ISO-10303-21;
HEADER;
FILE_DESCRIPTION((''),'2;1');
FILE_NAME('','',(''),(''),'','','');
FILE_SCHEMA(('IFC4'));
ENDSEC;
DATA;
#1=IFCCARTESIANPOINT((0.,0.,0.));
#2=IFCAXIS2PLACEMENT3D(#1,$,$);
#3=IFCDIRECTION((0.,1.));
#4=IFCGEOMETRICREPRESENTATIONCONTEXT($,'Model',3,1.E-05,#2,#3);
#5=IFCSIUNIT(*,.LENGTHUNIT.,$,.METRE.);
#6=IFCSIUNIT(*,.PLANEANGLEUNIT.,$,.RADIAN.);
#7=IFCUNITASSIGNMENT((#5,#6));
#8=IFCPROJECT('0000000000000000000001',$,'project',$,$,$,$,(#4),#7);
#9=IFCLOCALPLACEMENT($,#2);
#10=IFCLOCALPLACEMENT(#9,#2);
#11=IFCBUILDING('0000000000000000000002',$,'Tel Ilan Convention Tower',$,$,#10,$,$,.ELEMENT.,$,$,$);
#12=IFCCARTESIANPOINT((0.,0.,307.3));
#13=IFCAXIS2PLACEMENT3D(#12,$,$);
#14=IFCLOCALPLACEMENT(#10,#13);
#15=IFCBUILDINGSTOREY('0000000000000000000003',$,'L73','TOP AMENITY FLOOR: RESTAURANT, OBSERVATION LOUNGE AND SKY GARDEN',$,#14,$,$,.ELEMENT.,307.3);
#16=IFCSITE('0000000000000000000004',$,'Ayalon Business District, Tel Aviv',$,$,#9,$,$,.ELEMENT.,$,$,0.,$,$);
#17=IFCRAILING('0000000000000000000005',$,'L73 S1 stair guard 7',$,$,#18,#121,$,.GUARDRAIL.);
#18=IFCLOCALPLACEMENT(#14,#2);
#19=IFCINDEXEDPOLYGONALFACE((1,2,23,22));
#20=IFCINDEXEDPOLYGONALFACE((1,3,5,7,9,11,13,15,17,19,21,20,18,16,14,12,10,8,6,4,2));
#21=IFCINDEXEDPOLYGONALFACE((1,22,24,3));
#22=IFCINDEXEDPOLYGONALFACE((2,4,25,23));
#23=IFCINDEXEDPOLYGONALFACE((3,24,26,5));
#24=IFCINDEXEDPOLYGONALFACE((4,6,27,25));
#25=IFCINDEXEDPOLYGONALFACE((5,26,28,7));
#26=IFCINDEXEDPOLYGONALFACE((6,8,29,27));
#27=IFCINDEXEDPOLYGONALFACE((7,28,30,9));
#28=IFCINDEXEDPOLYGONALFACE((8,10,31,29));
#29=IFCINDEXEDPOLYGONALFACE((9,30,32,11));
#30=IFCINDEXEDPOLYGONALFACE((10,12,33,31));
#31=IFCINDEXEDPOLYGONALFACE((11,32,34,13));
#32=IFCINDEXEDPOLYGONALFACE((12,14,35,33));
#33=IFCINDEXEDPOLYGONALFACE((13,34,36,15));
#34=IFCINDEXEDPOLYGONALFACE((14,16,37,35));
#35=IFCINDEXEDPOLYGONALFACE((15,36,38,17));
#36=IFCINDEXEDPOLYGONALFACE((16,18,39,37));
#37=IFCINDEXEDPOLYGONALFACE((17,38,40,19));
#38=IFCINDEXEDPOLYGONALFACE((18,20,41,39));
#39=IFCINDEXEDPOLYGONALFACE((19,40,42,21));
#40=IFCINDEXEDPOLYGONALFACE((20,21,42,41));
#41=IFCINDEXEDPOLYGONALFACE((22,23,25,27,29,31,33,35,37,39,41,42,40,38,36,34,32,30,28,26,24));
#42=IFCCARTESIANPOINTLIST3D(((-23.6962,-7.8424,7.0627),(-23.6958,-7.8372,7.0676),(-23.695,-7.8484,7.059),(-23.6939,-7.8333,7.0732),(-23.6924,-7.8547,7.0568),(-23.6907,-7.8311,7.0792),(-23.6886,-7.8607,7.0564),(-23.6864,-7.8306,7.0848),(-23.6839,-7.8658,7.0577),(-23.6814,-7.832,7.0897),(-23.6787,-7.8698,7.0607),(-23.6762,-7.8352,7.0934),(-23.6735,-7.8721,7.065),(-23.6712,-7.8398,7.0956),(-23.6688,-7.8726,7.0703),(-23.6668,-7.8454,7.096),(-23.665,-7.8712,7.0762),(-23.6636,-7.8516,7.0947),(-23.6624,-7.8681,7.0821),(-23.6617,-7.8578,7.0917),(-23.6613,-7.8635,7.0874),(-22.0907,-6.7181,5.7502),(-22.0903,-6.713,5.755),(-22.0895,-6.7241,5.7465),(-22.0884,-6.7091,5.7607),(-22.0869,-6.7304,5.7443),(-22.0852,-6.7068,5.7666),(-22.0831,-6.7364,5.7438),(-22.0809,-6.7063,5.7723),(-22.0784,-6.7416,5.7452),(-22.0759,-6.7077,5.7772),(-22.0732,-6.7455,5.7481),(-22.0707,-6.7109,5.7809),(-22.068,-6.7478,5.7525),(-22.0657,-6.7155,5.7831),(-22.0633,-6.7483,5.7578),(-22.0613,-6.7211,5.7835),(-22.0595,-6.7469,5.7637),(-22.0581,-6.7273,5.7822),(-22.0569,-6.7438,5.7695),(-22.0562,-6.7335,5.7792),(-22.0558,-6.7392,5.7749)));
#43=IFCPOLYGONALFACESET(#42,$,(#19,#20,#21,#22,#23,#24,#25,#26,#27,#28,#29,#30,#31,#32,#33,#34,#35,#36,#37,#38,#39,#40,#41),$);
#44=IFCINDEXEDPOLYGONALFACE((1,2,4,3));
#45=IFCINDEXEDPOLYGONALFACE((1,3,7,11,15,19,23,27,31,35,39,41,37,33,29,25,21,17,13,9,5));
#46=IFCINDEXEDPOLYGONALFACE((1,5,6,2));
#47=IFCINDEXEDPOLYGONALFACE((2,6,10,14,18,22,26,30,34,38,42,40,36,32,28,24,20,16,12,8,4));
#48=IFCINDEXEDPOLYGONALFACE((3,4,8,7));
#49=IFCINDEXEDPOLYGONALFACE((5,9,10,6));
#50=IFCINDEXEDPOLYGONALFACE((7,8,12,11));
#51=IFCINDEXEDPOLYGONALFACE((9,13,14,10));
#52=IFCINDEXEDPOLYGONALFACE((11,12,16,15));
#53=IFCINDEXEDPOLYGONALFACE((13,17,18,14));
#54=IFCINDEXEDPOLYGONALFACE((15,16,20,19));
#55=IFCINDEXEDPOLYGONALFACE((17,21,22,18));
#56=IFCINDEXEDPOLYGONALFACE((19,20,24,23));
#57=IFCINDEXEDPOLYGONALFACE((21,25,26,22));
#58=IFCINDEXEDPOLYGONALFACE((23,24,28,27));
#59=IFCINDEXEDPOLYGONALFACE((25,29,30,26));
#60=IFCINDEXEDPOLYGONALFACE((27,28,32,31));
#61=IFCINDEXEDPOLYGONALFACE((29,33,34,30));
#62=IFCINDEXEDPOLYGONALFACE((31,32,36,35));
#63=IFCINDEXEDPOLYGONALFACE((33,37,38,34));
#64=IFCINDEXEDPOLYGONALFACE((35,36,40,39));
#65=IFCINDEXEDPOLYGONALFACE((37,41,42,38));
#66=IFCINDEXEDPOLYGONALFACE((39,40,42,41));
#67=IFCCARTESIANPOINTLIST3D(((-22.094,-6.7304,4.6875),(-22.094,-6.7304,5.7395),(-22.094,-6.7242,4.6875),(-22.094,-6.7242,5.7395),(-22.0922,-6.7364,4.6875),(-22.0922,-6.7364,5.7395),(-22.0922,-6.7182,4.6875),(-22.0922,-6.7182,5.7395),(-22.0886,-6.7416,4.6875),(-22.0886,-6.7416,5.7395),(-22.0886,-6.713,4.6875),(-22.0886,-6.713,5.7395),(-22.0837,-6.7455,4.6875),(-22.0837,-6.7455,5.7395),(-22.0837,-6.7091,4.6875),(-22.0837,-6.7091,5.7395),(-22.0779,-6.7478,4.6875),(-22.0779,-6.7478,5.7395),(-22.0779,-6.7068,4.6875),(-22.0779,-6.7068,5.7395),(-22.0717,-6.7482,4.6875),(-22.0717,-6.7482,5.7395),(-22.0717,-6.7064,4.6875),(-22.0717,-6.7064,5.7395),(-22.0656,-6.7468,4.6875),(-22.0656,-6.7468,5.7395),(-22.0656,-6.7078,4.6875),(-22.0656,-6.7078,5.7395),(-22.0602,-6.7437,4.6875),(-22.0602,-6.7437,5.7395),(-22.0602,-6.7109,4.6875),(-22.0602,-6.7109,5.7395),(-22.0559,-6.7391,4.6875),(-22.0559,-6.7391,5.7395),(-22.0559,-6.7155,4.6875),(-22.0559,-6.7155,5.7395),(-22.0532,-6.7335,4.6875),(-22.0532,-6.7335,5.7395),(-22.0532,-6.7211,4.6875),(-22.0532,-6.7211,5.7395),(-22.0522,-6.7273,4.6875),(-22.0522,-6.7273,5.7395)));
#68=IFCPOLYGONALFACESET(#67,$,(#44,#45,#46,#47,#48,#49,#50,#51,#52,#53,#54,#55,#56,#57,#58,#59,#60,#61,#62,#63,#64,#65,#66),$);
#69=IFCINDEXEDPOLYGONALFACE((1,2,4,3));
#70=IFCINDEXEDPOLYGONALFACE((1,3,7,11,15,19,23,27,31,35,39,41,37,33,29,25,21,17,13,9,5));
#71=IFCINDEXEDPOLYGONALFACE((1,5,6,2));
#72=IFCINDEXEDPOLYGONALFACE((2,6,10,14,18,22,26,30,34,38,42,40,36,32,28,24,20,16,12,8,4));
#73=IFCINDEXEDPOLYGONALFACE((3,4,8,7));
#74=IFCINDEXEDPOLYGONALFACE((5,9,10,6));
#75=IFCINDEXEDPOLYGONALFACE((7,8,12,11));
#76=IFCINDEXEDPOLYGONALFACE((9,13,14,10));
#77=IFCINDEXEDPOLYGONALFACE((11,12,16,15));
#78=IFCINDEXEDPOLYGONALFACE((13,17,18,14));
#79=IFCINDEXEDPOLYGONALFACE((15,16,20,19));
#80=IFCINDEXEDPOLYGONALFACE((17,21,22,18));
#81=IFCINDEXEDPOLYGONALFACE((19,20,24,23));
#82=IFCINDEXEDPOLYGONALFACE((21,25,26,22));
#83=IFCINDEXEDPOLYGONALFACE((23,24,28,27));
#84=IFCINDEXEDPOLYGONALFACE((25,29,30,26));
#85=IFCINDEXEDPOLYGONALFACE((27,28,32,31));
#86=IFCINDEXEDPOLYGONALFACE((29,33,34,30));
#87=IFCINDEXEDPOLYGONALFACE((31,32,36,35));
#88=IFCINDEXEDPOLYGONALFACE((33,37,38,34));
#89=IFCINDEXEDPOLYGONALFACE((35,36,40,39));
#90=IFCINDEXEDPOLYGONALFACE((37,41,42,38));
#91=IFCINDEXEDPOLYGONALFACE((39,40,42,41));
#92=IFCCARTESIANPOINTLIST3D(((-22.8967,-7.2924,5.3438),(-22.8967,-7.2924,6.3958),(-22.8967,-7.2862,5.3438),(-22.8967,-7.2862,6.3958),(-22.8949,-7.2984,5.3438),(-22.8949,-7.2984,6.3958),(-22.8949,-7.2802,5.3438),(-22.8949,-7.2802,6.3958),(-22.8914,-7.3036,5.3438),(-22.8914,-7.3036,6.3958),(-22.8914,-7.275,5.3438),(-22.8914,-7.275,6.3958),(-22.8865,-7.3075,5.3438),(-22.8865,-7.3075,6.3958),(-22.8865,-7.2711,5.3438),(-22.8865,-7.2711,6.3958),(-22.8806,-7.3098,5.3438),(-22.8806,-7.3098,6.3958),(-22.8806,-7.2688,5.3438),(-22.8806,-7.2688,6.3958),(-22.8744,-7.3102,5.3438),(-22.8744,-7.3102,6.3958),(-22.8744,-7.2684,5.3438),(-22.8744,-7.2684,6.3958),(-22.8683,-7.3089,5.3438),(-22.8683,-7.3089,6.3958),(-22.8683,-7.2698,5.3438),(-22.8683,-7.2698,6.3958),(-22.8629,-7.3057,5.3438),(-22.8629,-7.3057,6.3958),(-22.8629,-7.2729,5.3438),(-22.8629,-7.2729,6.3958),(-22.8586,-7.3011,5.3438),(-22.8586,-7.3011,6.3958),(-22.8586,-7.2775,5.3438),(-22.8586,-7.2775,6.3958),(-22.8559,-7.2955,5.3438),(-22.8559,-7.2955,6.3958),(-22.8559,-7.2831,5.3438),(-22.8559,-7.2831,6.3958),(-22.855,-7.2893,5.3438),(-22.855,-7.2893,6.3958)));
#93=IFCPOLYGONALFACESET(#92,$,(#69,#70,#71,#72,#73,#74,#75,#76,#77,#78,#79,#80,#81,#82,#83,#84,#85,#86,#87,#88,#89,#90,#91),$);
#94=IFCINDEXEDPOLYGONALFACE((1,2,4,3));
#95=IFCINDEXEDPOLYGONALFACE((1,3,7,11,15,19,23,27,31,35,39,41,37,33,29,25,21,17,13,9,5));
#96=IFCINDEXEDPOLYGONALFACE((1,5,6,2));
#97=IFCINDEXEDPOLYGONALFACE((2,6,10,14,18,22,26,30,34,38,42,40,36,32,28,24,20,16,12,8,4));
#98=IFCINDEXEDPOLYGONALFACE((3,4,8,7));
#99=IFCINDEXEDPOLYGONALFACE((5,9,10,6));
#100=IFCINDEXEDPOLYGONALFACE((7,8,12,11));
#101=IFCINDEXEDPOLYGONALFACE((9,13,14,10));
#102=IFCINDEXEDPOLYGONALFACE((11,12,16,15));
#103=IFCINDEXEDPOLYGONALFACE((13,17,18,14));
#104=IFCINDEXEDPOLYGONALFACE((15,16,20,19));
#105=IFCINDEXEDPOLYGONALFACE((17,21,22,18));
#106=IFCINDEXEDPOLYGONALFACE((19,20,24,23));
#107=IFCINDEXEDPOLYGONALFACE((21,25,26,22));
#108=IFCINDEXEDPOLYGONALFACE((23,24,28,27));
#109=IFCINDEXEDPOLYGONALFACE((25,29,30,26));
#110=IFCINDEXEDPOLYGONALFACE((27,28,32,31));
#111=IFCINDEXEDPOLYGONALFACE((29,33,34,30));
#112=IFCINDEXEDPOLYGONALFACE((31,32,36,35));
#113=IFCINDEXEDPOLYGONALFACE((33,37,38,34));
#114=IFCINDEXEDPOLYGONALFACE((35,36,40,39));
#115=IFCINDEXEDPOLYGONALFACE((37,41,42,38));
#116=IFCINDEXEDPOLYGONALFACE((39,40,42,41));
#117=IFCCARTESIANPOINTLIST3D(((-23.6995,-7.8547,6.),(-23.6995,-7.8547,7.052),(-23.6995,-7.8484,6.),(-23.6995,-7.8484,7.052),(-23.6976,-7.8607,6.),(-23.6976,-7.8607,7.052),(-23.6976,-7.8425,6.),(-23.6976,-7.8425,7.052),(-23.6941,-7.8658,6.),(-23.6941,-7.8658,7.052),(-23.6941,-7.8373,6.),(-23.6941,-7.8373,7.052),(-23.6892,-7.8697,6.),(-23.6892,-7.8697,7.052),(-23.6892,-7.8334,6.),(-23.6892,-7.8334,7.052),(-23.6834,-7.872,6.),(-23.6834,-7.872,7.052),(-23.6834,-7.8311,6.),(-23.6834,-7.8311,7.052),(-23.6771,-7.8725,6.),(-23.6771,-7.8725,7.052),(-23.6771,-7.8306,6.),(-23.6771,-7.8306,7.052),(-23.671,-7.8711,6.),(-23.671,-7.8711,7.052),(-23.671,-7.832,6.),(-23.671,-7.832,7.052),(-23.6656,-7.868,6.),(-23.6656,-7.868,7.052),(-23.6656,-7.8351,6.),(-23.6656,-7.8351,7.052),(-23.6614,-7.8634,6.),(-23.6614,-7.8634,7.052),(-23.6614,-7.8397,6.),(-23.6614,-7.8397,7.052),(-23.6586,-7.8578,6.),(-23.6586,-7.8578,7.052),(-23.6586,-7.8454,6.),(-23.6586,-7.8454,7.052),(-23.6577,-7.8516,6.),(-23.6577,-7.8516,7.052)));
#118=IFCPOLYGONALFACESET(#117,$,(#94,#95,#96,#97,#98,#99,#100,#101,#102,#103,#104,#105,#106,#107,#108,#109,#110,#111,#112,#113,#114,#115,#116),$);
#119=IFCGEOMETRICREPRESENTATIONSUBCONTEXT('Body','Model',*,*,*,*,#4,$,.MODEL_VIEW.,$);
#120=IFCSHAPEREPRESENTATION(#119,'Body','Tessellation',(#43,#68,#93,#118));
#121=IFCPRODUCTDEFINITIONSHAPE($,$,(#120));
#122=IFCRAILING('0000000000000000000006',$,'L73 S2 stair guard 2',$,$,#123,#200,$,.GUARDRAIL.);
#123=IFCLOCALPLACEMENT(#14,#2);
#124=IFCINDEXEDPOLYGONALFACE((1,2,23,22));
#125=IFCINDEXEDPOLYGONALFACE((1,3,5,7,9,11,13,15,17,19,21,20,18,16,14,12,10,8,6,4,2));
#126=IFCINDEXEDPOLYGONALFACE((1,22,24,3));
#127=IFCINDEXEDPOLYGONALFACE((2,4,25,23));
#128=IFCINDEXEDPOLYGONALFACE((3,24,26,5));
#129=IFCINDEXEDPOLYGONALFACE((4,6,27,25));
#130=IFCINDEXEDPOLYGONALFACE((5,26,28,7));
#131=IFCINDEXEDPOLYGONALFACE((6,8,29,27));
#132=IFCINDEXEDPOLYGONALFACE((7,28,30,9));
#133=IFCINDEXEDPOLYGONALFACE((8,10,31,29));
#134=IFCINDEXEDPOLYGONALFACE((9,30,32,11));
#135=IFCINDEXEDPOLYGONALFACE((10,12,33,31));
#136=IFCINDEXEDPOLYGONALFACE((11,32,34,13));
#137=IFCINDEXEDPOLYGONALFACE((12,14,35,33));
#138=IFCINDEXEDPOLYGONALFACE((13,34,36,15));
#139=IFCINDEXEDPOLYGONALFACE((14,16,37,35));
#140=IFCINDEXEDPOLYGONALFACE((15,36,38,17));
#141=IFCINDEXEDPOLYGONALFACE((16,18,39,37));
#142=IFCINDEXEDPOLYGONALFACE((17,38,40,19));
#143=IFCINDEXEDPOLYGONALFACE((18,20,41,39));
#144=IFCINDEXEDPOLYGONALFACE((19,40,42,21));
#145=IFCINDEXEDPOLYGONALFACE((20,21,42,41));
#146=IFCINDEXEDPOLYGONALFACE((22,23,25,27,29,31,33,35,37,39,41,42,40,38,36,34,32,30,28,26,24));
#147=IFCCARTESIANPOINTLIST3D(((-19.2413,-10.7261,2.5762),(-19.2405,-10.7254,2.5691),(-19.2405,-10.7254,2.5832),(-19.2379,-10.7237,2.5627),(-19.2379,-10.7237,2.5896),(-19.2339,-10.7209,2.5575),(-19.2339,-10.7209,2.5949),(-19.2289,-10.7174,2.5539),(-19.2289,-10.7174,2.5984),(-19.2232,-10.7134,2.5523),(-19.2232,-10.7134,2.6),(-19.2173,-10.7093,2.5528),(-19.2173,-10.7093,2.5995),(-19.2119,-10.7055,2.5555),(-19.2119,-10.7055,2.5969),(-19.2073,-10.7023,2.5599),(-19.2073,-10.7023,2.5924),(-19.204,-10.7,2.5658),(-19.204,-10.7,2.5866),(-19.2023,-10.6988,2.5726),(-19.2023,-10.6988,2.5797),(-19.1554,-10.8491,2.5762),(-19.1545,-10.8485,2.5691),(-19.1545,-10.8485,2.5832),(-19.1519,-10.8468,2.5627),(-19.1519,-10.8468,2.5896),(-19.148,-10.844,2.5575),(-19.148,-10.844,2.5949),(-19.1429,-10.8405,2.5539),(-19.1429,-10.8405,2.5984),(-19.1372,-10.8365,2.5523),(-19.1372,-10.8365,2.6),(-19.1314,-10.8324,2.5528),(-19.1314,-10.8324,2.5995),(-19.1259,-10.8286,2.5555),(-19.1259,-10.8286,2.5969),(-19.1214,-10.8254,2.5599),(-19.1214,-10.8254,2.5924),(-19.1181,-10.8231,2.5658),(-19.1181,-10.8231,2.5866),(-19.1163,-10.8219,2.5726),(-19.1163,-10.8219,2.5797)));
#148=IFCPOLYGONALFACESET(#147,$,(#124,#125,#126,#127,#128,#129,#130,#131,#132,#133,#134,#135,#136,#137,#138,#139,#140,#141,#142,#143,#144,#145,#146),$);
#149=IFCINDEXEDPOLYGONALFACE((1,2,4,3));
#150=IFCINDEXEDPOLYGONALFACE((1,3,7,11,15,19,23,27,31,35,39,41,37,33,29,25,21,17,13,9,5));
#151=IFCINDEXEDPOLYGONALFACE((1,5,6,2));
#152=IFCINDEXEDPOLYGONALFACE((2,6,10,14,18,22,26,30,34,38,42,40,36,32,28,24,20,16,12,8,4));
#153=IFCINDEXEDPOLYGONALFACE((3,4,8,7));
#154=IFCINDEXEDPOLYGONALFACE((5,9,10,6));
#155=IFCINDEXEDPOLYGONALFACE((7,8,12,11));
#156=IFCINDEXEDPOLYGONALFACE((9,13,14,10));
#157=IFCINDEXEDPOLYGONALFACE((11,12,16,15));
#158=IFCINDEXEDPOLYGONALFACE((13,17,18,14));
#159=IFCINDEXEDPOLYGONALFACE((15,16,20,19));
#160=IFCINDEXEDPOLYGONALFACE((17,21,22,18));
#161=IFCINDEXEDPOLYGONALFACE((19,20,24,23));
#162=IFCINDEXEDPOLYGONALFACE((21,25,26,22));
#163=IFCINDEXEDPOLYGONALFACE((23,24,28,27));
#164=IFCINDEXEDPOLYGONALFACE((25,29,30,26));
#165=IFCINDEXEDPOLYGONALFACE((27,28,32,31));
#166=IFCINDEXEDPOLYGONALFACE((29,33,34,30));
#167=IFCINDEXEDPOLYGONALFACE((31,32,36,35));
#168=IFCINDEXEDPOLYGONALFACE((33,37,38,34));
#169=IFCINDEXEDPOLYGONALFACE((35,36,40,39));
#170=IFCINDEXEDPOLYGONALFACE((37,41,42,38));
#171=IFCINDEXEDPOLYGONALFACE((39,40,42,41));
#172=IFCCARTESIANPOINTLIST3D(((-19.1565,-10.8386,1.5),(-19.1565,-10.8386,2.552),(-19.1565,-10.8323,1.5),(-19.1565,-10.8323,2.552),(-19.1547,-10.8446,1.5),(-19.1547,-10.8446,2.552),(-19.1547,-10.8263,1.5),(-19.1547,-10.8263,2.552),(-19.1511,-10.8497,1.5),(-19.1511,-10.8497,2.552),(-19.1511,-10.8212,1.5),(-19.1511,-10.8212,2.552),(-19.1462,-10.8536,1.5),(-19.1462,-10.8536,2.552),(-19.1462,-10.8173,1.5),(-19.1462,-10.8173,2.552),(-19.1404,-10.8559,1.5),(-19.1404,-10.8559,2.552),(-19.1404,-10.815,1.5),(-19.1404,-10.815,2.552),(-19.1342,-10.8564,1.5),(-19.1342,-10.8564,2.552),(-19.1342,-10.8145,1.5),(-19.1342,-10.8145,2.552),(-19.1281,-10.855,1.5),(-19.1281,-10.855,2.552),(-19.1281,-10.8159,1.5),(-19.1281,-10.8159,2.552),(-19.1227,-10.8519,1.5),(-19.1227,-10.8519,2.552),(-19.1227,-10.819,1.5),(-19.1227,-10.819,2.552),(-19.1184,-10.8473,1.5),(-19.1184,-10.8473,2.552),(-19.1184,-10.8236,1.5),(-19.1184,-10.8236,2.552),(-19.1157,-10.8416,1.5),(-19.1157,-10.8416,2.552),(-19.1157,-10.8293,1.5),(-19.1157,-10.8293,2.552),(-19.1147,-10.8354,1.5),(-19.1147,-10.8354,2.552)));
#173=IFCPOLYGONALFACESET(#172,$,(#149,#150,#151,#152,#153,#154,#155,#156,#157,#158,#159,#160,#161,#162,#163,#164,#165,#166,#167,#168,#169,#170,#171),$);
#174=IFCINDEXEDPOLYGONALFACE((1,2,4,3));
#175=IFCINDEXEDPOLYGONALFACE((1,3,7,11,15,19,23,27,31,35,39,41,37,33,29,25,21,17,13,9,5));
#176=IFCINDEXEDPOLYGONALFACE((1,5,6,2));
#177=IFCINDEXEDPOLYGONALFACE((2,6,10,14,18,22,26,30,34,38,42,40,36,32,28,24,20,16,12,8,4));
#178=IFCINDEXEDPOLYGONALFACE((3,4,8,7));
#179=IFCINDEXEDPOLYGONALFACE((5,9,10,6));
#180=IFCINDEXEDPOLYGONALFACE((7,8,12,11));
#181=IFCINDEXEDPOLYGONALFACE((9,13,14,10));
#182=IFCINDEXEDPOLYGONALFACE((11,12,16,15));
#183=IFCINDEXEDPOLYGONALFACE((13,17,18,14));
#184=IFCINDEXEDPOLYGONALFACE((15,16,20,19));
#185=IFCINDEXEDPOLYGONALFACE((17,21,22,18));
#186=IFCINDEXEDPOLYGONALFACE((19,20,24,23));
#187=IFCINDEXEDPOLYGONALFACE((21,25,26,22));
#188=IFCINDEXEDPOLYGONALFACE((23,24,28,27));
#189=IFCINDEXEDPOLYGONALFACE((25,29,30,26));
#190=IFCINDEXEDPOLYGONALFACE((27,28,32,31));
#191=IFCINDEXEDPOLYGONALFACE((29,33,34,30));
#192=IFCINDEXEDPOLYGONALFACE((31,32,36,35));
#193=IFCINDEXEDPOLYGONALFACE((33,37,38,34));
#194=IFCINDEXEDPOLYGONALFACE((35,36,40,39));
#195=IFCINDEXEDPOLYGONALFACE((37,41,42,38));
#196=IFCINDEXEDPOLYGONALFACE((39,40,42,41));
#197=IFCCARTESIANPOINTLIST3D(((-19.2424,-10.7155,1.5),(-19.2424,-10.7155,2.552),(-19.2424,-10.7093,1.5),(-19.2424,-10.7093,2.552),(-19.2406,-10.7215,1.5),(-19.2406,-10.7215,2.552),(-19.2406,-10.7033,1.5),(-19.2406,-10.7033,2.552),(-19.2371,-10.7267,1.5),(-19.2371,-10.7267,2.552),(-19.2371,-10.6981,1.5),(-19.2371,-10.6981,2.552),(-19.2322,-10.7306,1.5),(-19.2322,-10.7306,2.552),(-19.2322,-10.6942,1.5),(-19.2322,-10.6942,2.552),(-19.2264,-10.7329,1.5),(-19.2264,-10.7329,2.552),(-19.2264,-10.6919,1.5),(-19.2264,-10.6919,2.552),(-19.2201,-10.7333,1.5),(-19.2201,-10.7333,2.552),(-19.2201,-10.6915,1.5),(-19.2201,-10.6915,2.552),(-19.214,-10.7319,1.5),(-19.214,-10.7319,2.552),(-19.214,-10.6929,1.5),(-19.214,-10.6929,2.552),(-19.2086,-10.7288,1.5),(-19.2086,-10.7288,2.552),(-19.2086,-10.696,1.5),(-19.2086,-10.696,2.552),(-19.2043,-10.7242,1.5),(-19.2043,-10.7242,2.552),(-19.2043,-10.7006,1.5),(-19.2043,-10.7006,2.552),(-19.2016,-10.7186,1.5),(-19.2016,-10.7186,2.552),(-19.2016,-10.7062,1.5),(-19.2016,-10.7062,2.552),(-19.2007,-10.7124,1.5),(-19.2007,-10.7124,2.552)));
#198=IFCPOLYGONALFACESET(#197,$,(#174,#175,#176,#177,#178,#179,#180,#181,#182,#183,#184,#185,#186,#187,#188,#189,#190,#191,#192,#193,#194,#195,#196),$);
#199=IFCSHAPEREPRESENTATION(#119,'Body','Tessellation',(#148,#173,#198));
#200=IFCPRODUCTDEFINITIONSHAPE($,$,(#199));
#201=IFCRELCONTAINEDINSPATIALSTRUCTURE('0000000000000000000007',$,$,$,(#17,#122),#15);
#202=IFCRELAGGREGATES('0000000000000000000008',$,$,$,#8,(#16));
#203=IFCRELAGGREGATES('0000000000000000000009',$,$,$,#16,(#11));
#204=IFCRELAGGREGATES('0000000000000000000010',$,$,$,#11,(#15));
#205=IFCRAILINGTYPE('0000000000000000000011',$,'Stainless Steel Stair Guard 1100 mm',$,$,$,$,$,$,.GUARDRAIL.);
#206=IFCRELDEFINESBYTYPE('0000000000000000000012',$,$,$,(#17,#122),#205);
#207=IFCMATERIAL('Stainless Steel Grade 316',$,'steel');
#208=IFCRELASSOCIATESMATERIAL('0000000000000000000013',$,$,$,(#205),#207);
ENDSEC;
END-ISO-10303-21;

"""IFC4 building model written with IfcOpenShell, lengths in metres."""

from ifc_helpers import new_model, si_unit, direction, frame, origin, origin_2d, place, context, subcontext, project, spatial, circle, extrude, material, type_object, element, save


model = new_model("IFC4")

# Units and contexts
model_context = context("Model", 3, precision=1e-05, world=origin(), true_north=direction((0.0, 1.0)))
body_context = subcontext(model_context, "Body", "Model", "MODEL_VIEW")
ifc_project = project(units=[si_unit("LENGTHUNIT", "METRE"), si_unit("PLANEANGLEUNIT", "RADIAN")], contexts=[model_context])

# Site, building, storey
site_placement = place(None, origin())
site = spatial("IfcSite", under=ifc_project, at=site_placement, Name="Ayalon Business District, Tel Aviv", CompositionType="ELEMENT", RefElevation=0.0)
building_placement = place(site_placement, origin())
building = spatial("IfcBuilding", under=site, at=building_placement, Name="Tel Ilan Convention Tower", CompositionType="ELEMENT")
storey_placement = place(building_placement, frame((0.0, 0.0, 307.3)))
storey = spatial("IfcBuildingStorey", under=building, at=storey_placement, Name="L73", Description="TOP AMENITY FLOOR: RESTAURANT, OBSERVATION LOUNGE AND SKY GARDEN", CompositionType="ELEMENT", Elevation=307.3)

# Railings
ifc_material_1 = material(Name="Stainless Steel Grade 316", Category="steel")
railing_type_1 = type_object("IfcRailingType", Name="Stainless Steel Stair Guard 1100 mm", PredefinedType="GUARDRAIL", material=ifc_material_1)
railing_1_placement = place(storey_placement, frame((-22.0732, -6.7273, 4.6875)))
element("IfcRailing", 1, at=railing_1_placement, inside=storey, type_object=railing_type_1, Name="L73 S1 stair guard 7", PredefinedType="GUARDRAIL", context=body_context, shape_type="SweptSolid", body=[
    extrude(circle(Radius=0.0239, at=origin_2d()), frame((0.0, 0.0, 1.0762), z_axis=(-0.680616, -0.476617, 0.556416), x_axis=(0.573613, -0.819127, 0.0)), (0.0, 0.0, 1.0), 2.3589),
    extrude(circle(Radius=0.021, at=origin_2d()), origin(), (0.0, 0.0, 1.0), 1.052),
    extrude(circle(Radius=0.021, at=origin_2d()), frame((-0.8027, -0.562, 0.6562)), (0.0, 0.0, 1.0), 1.052),
    extrude(circle(Radius=0.021, at=origin_2d()), frame((-1.6055, -1.1243, 1.3125)), (0.0, 0.0, 1.0), 1.052),
])
railing_2_placement = place(storey_placement, frame((-19.1357, -10.8354, 1.5)))
element("IfcRailing", 2, at=railing_2_placement, inside=storey, type_object=railing_type_1, Name="L73 S2 stair guard 2", PredefinedType="GUARDRAIL", context=body_context, shape_type="SweptSolid", body=[
    extrude(circle(Radius=0.0239, at=origin_2d()), frame((0.0, 0.0, 1.0762), z_axis=(-0.572589, 0.819843, 0.0), x_axis=(-0.819843, -0.572589, 0.0)), (0.0, 0.0, 1.0), 0.1501),
    extrude(circle(Radius=0.021, at=origin_2d()), origin(), (0.0, 0.0, 1.0), 1.052),
    extrude(circle(Radius=0.021, at=origin_2d()), frame((-0.0859, 0.123, 0.0)), (0.0, 0.0, 1.0), 1.052),
])

save(model, "model.ifc")
